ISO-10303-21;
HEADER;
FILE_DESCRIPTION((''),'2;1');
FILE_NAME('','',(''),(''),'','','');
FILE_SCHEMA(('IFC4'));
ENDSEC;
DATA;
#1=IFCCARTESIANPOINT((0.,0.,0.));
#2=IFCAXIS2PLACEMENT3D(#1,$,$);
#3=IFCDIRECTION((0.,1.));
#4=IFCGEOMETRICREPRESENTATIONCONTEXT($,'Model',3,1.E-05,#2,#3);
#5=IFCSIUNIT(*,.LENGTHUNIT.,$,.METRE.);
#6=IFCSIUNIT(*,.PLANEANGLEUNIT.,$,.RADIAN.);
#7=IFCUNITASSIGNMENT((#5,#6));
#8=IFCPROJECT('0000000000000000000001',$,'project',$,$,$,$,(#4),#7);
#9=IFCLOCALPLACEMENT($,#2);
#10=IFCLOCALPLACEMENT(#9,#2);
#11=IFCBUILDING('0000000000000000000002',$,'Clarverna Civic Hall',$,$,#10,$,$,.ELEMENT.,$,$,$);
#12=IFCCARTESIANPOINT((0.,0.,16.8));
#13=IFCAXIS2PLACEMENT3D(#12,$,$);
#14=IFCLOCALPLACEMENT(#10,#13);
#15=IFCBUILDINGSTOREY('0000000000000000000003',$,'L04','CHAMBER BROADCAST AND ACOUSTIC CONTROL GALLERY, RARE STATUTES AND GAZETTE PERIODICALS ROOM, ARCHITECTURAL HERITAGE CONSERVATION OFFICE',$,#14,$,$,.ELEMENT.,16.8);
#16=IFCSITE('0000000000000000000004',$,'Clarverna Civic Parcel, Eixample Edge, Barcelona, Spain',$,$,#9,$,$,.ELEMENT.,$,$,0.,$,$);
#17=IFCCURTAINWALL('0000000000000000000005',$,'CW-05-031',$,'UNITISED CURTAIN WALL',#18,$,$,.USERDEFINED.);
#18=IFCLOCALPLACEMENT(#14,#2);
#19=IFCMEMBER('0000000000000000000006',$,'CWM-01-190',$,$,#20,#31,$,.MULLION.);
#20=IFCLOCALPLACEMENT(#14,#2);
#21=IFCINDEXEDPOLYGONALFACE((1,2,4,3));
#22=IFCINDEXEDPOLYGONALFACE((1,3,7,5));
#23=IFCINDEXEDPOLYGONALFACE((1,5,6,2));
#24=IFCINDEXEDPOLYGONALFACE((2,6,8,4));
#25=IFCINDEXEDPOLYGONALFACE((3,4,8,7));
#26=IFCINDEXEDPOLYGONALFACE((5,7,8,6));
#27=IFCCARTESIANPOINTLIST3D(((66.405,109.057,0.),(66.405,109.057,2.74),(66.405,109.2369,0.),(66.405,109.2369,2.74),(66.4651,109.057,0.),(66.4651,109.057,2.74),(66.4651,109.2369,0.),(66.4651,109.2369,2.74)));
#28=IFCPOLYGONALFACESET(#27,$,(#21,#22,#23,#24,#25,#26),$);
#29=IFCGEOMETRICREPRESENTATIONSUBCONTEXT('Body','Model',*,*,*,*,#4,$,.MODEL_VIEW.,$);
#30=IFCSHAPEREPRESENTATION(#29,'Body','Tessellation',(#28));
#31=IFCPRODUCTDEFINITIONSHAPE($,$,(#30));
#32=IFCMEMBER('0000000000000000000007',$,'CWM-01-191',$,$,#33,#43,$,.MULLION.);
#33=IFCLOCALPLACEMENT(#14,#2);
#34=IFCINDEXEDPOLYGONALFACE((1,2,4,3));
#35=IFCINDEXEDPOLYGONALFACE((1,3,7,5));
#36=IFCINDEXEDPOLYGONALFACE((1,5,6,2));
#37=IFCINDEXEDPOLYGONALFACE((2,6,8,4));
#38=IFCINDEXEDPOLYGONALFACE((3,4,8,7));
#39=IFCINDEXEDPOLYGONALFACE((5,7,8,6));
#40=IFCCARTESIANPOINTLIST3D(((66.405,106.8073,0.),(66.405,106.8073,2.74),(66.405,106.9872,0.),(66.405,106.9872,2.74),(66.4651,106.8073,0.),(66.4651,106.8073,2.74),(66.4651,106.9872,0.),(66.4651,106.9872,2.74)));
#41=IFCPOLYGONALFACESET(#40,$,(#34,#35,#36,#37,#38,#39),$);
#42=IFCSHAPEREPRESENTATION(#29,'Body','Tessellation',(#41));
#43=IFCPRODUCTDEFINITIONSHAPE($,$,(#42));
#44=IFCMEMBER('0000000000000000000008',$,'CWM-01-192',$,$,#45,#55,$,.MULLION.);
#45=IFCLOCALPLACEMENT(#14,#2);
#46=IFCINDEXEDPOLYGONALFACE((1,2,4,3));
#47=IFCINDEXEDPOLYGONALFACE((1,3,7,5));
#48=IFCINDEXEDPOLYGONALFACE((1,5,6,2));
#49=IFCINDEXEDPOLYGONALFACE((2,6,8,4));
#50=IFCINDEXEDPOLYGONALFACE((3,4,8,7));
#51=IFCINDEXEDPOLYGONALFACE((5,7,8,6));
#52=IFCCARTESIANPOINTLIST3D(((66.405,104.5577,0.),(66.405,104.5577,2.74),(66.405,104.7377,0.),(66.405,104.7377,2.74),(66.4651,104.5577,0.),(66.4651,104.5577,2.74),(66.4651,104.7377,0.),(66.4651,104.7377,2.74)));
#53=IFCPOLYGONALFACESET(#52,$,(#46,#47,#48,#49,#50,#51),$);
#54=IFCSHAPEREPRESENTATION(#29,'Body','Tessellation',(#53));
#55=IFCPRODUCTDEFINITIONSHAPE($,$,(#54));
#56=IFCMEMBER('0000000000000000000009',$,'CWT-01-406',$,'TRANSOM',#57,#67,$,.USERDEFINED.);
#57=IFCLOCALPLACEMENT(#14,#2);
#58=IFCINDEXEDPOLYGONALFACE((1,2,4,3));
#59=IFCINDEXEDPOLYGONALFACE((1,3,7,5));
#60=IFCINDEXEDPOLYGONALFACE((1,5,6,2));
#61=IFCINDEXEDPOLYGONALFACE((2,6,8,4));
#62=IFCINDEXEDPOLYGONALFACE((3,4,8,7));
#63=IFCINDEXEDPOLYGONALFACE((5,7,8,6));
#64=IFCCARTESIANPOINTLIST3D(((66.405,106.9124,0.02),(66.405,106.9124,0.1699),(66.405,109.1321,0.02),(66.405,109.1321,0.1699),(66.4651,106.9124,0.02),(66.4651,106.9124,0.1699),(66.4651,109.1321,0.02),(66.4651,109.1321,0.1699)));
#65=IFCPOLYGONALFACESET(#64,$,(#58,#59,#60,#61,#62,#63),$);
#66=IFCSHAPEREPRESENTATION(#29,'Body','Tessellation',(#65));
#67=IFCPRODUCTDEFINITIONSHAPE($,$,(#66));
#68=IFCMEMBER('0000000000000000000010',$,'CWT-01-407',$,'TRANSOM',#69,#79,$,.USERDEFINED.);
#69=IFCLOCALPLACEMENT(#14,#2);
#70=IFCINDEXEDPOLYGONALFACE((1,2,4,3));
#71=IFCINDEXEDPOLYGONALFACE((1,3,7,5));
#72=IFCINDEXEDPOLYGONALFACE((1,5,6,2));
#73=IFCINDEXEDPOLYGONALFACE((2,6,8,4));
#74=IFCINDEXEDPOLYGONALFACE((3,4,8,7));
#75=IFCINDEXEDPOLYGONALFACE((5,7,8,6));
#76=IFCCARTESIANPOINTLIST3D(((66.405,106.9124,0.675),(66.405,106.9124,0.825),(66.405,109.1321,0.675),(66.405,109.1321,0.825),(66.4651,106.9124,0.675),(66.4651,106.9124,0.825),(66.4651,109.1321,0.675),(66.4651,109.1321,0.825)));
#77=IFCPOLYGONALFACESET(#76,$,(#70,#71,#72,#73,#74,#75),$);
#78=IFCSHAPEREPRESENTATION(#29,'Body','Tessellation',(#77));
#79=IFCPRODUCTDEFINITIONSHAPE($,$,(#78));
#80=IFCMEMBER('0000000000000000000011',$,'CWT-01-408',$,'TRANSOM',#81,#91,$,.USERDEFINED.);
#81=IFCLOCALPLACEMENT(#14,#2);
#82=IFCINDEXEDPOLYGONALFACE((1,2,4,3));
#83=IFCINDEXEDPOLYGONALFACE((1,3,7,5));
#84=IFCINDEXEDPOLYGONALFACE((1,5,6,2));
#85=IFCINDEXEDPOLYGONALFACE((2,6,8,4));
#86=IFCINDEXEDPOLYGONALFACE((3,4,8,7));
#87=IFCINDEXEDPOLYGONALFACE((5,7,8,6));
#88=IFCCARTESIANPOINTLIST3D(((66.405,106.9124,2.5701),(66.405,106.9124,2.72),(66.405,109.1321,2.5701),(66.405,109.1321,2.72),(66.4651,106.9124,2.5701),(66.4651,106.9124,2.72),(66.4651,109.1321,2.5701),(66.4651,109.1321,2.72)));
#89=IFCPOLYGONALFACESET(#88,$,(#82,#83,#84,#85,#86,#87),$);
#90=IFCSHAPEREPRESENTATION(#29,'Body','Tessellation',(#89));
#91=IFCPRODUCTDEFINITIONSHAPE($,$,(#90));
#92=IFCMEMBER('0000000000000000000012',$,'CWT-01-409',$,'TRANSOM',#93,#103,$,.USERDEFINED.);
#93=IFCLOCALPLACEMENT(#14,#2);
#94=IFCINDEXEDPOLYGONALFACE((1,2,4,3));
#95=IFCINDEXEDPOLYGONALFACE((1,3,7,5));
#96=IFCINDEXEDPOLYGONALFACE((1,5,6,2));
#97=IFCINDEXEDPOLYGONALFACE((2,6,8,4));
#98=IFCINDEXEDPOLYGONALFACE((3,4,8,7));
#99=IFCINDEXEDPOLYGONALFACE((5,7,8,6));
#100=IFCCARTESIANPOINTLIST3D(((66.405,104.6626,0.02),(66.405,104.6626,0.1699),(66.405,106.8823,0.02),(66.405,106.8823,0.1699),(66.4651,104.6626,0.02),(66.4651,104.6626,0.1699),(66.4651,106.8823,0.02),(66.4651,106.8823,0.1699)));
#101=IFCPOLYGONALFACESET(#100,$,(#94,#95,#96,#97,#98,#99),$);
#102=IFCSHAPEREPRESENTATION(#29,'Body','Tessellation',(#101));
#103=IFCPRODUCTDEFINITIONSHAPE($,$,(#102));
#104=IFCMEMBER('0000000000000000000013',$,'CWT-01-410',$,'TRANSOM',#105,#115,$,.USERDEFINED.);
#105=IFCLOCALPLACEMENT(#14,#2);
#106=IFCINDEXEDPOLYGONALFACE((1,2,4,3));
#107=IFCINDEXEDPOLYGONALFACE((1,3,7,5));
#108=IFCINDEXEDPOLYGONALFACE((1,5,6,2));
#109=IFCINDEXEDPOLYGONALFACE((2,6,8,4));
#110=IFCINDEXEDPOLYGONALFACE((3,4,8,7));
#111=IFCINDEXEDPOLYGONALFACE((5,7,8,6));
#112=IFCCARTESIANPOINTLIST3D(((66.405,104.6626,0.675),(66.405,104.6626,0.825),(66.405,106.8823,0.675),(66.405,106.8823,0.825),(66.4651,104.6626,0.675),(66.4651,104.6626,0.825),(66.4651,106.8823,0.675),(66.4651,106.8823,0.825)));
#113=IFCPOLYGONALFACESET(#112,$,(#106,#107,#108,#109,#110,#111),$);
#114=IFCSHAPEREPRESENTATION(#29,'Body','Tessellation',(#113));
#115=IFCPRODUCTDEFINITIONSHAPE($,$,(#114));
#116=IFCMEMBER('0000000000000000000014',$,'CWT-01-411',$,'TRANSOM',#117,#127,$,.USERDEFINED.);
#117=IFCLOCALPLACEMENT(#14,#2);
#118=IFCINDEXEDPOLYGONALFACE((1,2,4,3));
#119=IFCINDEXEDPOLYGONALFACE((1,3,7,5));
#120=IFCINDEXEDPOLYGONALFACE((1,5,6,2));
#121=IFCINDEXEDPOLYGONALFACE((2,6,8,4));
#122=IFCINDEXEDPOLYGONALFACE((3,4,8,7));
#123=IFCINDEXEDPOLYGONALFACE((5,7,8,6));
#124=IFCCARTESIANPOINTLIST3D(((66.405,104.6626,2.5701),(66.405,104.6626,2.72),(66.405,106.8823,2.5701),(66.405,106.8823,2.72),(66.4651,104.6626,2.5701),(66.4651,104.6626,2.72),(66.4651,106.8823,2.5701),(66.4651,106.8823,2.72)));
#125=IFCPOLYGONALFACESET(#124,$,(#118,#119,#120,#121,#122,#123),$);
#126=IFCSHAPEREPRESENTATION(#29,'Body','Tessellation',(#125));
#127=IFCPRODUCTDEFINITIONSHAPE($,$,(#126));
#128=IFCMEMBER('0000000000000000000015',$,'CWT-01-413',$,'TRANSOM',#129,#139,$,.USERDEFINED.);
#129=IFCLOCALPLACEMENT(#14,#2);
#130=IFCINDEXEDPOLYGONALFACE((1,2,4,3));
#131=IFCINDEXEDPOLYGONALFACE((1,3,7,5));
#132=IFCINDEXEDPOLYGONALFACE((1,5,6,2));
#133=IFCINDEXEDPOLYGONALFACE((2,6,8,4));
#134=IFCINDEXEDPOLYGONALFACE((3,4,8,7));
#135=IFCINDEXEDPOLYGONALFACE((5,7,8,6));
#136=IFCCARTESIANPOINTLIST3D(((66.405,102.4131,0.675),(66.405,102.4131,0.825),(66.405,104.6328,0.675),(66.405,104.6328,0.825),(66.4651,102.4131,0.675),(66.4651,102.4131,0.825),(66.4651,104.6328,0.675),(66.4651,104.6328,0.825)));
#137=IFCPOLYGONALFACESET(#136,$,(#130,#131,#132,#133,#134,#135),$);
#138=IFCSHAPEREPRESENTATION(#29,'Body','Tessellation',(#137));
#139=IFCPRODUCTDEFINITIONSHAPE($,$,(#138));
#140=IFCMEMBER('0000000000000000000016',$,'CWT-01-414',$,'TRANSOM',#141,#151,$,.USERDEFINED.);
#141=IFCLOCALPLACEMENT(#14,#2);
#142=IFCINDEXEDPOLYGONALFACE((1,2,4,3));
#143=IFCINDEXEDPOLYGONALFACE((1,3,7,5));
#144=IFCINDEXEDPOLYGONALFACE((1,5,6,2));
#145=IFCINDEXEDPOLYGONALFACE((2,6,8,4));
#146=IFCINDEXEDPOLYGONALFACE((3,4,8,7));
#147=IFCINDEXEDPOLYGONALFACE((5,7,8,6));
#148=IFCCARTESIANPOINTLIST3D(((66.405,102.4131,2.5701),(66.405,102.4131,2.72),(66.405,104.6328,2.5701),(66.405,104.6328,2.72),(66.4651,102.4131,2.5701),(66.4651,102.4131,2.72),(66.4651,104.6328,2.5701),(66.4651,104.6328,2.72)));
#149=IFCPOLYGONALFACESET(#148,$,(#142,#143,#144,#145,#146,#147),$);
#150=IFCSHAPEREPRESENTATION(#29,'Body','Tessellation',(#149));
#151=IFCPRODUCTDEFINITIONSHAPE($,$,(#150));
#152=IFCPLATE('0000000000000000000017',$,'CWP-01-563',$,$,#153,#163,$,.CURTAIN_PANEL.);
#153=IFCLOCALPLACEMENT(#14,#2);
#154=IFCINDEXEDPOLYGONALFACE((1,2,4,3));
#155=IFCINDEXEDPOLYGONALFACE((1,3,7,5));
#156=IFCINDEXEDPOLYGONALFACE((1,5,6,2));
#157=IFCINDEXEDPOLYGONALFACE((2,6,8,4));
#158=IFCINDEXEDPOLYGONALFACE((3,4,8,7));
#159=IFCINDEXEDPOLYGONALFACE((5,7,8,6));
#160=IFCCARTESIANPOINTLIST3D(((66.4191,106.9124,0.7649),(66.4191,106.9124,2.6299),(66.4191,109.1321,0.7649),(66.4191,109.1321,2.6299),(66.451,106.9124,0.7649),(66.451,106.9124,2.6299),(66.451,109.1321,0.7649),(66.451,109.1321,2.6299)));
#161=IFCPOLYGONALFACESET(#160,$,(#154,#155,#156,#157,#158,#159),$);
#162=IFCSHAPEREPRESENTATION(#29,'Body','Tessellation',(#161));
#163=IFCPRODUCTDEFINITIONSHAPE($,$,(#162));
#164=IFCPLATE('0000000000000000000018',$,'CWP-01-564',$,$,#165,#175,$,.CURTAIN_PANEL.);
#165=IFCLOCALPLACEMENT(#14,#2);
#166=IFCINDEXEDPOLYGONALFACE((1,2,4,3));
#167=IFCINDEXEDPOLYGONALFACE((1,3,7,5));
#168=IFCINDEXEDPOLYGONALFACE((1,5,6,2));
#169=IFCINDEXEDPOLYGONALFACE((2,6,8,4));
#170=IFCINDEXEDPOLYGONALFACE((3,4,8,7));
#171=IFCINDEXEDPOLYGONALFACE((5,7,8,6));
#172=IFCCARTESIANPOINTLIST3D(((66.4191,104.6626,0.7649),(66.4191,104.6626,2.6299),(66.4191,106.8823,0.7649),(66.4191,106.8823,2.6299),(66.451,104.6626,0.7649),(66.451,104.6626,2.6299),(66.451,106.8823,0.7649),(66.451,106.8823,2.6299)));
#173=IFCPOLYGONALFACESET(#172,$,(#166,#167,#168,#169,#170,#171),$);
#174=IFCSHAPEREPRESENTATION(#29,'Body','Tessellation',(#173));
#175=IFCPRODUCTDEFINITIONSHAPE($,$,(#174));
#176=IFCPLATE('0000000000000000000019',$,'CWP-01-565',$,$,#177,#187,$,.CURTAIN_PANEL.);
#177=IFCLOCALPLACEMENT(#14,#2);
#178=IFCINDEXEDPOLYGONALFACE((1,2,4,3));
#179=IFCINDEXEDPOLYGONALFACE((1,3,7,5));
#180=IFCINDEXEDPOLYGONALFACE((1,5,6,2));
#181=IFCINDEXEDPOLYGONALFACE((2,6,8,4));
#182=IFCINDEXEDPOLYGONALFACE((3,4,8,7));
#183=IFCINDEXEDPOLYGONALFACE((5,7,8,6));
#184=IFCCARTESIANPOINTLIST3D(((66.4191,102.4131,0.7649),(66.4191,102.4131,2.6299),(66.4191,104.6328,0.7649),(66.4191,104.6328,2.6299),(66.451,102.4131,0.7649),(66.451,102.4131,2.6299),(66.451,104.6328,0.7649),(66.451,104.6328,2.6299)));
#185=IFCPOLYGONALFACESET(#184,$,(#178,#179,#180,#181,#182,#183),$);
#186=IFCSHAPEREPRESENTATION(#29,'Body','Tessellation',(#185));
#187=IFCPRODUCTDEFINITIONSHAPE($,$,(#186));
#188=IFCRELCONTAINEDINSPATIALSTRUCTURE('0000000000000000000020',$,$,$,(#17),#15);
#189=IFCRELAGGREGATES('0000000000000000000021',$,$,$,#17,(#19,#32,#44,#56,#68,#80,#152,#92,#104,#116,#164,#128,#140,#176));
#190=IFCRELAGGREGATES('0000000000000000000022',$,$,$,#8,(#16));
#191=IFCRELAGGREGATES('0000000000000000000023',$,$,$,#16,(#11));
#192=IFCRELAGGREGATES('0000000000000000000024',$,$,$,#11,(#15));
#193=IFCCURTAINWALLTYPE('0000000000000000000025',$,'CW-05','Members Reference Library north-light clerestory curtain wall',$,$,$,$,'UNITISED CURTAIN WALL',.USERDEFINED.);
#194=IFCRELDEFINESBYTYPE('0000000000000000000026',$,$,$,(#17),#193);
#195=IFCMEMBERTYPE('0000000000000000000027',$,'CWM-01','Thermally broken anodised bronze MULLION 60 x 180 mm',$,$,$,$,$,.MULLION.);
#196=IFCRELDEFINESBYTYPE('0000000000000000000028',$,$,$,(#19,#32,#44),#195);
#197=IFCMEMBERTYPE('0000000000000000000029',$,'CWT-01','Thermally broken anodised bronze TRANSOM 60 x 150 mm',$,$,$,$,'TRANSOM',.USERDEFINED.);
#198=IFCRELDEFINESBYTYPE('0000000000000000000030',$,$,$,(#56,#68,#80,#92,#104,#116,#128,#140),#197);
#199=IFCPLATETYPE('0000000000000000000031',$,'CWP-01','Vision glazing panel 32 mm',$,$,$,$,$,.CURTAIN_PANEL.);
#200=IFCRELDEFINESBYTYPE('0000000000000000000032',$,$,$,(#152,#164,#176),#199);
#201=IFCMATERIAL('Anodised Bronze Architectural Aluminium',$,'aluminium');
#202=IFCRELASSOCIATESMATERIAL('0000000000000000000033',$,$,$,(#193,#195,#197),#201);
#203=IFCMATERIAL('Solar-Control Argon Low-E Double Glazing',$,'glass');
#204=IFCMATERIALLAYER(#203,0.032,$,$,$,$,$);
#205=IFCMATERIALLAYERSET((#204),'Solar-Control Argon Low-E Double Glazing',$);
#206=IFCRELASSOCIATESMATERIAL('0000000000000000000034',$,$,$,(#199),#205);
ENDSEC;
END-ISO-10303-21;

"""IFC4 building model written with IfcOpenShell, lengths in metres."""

from ifc_helpers import new_model, si_unit, direction, frame, frame_2d, origin, origin_2d, place, context, subcontext, project, spatial, rectangle, extrude, material, layer, layer_set, material_profile, profile_set, type_object, element, aggregate, save


model = new_model("IFC4")

# Units and contexts
model_context = context("Model", 3, precision=1e-05, world=origin(), true_north=direction((0.0, 1.0)))
body_context = subcontext(model_context, "Body", "Model", "MODEL_VIEW")
ifc_project = project(units=[si_unit("LENGTHUNIT", "METRE"), si_unit("PLANEANGLEUNIT", "RADIAN")], contexts=[model_context])

# Site, building, storey
site_placement = place(None, origin())
site = spatial("IfcSite", under=ifc_project, at=site_placement, Name="Clarverna Civic Parcel, Eixample Edge, Barcelona, Spain", CompositionType="ELEMENT", RefElevation=0.0)
building_placement = place(site_placement, origin())
building = spatial("IfcBuilding", under=site, at=building_placement, Name="Clarverna Civic Hall", CompositionType="ELEMENT")
storey_placement = place(building_placement, frame((0.0, 0.0, 16.8)))
storey = spatial("IfcBuildingStorey", under=building, at=storey_placement, Name="L04", Description="CHAMBER BROADCAST AND ACOUSTIC CONTROL GALLERY, RARE STATUTES AND GAZETTE PERIODICALS ROOM, ARCHITECTURAL HERITAGE CONSERVATION OFFICE", CompositionType="ELEMENT", Elevation=16.8)

# Curtain wall, members, plates
ifc_material_1 = material(Name="Anodised Bronze Architectural Aluminium", Category="aluminium")
curtain_wall_type = type_object("IfcCurtainWallType", Name="CW-05", Description="Members Reference Library north-light clerestory curtain wall", ElementType="UNITISED CURTAIN WALL", PredefinedType="USERDEFINED", material=ifc_material_1)
curtain_wall_placement = place(storey_placement, origin())
curtain_wall = element("IfcCurtainWall", 1, at=curtain_wall_placement, inside=storey, type_object=curtain_wall_type, Name="CW-05-031", ObjectType="UNITISED CURTAIN WALL", PredefinedType="USERDEFINED")
ifc_material_profile_1 = material_profile(ifc_material_1, rectangle(XDim=0.0601, YDim=0.1799, at=origin_2d()), Name="BRONZE 60x180")
ifc_profile_set_1 = profile_set([ifc_material_profile_1], Name="Anodised Bronze Architectural Aluminium")
member_type_1 = type_object("IfcMemberType", Name="CWM-01", Description="Thermally broken anodised bronze MULLION 60 x 180 mm", PredefinedType="MULLION", material=ifc_profile_set_1)
member_1_placement = place(storey_placement, frame((66.4351, 109.147, 0.0), z_axis=(0.0, 0.0, 1.0), x_axis=(1.0, 0.0, 0.0)))
member_1 = element("IfcMember", 2, at=member_1_placement, type_object=member_type_1, Name="CWM-01-190", PredefinedType="MULLION", context=body_context, shape_type="SweptSolid", body=[
    extrude(rectangle(XDim=0.0601, YDim=0.1799, at=origin_2d()), origin(), (0.0, 0.0, 1.0), 2.74),
])
member_2_placement = place(storey_placement, frame((66.4351, 106.8972, 0.0), z_axis=(0.0, 0.0, 1.0), x_axis=(1.0, 0.0, 0.0)))
member_2 = element("IfcMember", 3, at=member_2_placement, type_object=member_type_1, Name="CWM-01-191", PredefinedType="MULLION", context=body_context, shape_type="SweptSolid", body=[
    extrude(rectangle(XDim=0.0601, YDim=0.1799, at=origin_2d()), origin(), (0.0, 0.0, 1.0), 2.74),
])
member_3_placement = place(storey_placement, frame((66.4351, 104.6477, 0.0), z_axis=(0.0, 0.0, 1.0), x_axis=(1.0, 0.0, 0.0)))
member_3 = element("IfcMember", 4, at=member_3_placement, type_object=member_type_1, Name="CWM-01-192", PredefinedType="MULLION", context=body_context, shape_type="SweptSolid", body=[
    extrude(rectangle(XDim=0.0601, YDim=0.1799, at=origin_2d()), origin(), (0.0, 0.0, 1.0), 2.74),
])
ifc_material_profile_2 = material_profile(ifc_material_1, rectangle(XDim=0.0601, YDim=0.1499, at=origin_2d()), Name="BRONZE 60x150")
ifc_profile_set_2 = profile_set([ifc_material_profile_2], Name="Anodised Bronze Architectural Aluminium")
member_type_2 = type_object("IfcMemberType", Name="CWT-01", Description="Thermally broken anodised bronze TRANSOM 60 x 150 mm", ElementType="TRANSOM", PredefinedType="USERDEFINED", material=ifc_profile_set_2)
member_4_placement = place(storey_placement, frame((66.4351, 109.1321, 0.095), z_axis=(0.0, -1.0, 0.0), x_axis=(1.0, 0.0, 0.0)))
member_4 = element("IfcMember", 5, at=member_4_placement, type_object=member_type_2, Name="CWT-01-406", ObjectType="TRANSOM", PredefinedType="USERDEFINED", context=body_context, shape_type="SweptSolid", body=[
    extrude(rectangle(XDim=0.0601, YDim=0.1499, at=origin_2d()), origin(), (0.0, 0.0, 1.0), 2.2197),
])
member_5_placement = place(storey_placement, frame((66.4351, 109.1321, 0.75), z_axis=(0.0, -1.0, 0.0), x_axis=(1.0, 0.0, 0.0)))
member_5 = element("IfcMember", 6, at=member_5_placement, type_object=member_type_2, Name="CWT-01-407", ObjectType="TRANSOM", PredefinedType="USERDEFINED", context=body_context, shape_type="SweptSolid", body=[
    extrude(rectangle(XDim=0.0601, YDim=0.1499, at=origin_2d()), origin(), (0.0, 0.0, 1.0), 2.2197),
])
member_6_placement = place(storey_placement, frame((66.4351, 109.1321, 2.645), z_axis=(0.0, -1.0, 0.0), x_axis=(1.0, 0.0, 0.0)))
member_6 = element("IfcMember", 7, at=member_6_placement, type_object=member_type_2, Name="CWT-01-408", ObjectType="TRANSOM", PredefinedType="USERDEFINED", context=body_context, shape_type="SweptSolid", body=[
    extrude(rectangle(XDim=0.0601, YDim=0.1499, at=origin_2d()), origin(), (0.0, 0.0, 1.0), 2.2197),
])
member_7_placement = place(storey_placement, frame((66.4351, 106.8823, 0.095), z_axis=(0.0, -1.0, 0.0), x_axis=(1.0, 0.0, 0.0)))
member_7 = element("IfcMember", 8, at=member_7_placement, type_object=member_type_2, Name="CWT-01-409", ObjectType="TRANSOM", PredefinedType="USERDEFINED", context=body_context, shape_type="SweptSolid", body=[
    extrude(rectangle(XDim=0.0601, YDim=0.1499, at=origin_2d()), origin(), (0.0, 0.0, 1.0), 2.2197),
])
member_8_placement = place(storey_placement, frame((66.4351, 106.8823, 0.75), z_axis=(0.0, -1.0, 0.0), x_axis=(1.0, 0.0, 0.0)))
member_8 = element("IfcMember", 9, at=member_8_placement, type_object=member_type_2, Name="CWT-01-410", ObjectType="TRANSOM", PredefinedType="USERDEFINED", context=body_context, shape_type="SweptSolid", body=[
    extrude(rectangle(XDim=0.0601, YDim=0.1499, at=origin_2d()), origin(), (0.0, 0.0, 1.0), 2.2197),
])
member_9_placement = place(storey_placement, frame((66.4351, 106.8823, 2.645), z_axis=(0.0, -1.0, 0.0), x_axis=(1.0, 0.0, 0.0)))
member_9 = element("IfcMember", 10, at=member_9_placement, type_object=member_type_2, Name="CWT-01-411", ObjectType="TRANSOM", PredefinedType="USERDEFINED", context=body_context, shape_type="SweptSolid", body=[
    extrude(rectangle(XDim=0.0601, YDim=0.1499, at=origin_2d()), origin(), (0.0, 0.0, 1.0), 2.2197),
])
member_10_placement = place(storey_placement, frame((66.4351, 104.6328, 0.75), z_axis=(0.0, -1.0, 0.0), x_axis=(1.0, 0.0, 0.0)))
member_10 = element("IfcMember", 11, at=member_10_placement, type_object=member_type_2, Name="CWT-01-413", ObjectType="TRANSOM", PredefinedType="USERDEFINED", context=body_context, shape_type="SweptSolid", body=[
    extrude(rectangle(XDim=0.0601, YDim=0.1499, at=origin_2d()), origin(), (0.0, 0.0, 1.0), 2.2197),
])
member_11_placement = place(storey_placement, frame((66.4351, 104.6328, 2.645), z_axis=(0.0, -1.0, 0.0), x_axis=(1.0, 0.0, 0.0)))
member_11 = element("IfcMember", 12, at=member_11_placement, type_object=member_type_2, Name="CWT-01-414", ObjectType="TRANSOM", PredefinedType="USERDEFINED", context=body_context, shape_type="SweptSolid", body=[
    extrude(rectangle(XDim=0.0601, YDim=0.1499, at=origin_2d()), origin(), (0.0, 0.0, 1.0), 2.2197),
])
ifc_material_2 = material(Name="Solar-Control Argon Low-E Double Glazing", Category="glass")
ifc_layer_1 = layer(ifc_material_2, 0.032)
ifc_layer_set_1 = layer_set([ifc_layer_1], Name="Solar-Control Argon Low-E Double Glazing")
plate_type_1 = type_object("IfcPlateType", Name="CWP-01", Description="Vision glazing panel 32 mm", PredefinedType="CURTAIN_PANEL", material=ifc_layer_set_1)
plate_1_placement = place(storey_placement, frame((66.4351, 109.1321, 0.7649), z_axis=(0.0, 0.0, 1.0), x_axis=(0.0, -1.0, 0.0)))
plate_1 = element("IfcPlate", 13, at=plate_1_placement, type_object=plate_type_1, Name="CWP-01-563", PredefinedType="CURTAIN_PANEL", context=body_context, shape_type="SweptSolid", body=[
    extrude(rectangle(XDim=2.2197, YDim=0.032, at=frame_2d((1.1099, 0.0))), origin(), (0.0, 0.0, 1.0), 1.865),
])
plate_2_placement = place(storey_placement, frame((66.4351, 106.8823, 0.7649), z_axis=(0.0, 0.0, 1.0), x_axis=(0.0, -1.0, 0.0)))
plate_2 = element("IfcPlate", 14, at=plate_2_placement, type_object=plate_type_1, Name="CWP-01-564", PredefinedType="CURTAIN_PANEL", context=body_context, shape_type="SweptSolid", body=[
    extrude(rectangle(XDim=2.2197, YDim=0.032, at=frame_2d((1.1099, 0.0))), origin(), (0.0, 0.0, 1.0), 1.865),
])
plate_3_placement = place(storey_placement, frame((66.4351, 104.6328, 0.7649), z_axis=(0.0, 0.0, 1.0), x_axis=(0.0, -1.0, 0.0)))
plate_3 = element("IfcPlate", 15, at=plate_3_placement, type_object=plate_type_1, Name="CWP-01-565", PredefinedType="CURTAIN_PANEL", context=body_context, shape_type="SweptSolid", body=[
    extrude(rectangle(XDim=2.2197, YDim=0.032, at=frame_2d((1.1099, 0.0))), origin(), (0.0, 0.0, 1.0), 1.865),
])
aggregate(curtain_wall, [member_1, member_2, member_3, member_4, member_5, member_6, plate_1, member_7, member_8, member_9, plate_2, member_10, member_11, plate_3])

save(model, "model.ifc")
